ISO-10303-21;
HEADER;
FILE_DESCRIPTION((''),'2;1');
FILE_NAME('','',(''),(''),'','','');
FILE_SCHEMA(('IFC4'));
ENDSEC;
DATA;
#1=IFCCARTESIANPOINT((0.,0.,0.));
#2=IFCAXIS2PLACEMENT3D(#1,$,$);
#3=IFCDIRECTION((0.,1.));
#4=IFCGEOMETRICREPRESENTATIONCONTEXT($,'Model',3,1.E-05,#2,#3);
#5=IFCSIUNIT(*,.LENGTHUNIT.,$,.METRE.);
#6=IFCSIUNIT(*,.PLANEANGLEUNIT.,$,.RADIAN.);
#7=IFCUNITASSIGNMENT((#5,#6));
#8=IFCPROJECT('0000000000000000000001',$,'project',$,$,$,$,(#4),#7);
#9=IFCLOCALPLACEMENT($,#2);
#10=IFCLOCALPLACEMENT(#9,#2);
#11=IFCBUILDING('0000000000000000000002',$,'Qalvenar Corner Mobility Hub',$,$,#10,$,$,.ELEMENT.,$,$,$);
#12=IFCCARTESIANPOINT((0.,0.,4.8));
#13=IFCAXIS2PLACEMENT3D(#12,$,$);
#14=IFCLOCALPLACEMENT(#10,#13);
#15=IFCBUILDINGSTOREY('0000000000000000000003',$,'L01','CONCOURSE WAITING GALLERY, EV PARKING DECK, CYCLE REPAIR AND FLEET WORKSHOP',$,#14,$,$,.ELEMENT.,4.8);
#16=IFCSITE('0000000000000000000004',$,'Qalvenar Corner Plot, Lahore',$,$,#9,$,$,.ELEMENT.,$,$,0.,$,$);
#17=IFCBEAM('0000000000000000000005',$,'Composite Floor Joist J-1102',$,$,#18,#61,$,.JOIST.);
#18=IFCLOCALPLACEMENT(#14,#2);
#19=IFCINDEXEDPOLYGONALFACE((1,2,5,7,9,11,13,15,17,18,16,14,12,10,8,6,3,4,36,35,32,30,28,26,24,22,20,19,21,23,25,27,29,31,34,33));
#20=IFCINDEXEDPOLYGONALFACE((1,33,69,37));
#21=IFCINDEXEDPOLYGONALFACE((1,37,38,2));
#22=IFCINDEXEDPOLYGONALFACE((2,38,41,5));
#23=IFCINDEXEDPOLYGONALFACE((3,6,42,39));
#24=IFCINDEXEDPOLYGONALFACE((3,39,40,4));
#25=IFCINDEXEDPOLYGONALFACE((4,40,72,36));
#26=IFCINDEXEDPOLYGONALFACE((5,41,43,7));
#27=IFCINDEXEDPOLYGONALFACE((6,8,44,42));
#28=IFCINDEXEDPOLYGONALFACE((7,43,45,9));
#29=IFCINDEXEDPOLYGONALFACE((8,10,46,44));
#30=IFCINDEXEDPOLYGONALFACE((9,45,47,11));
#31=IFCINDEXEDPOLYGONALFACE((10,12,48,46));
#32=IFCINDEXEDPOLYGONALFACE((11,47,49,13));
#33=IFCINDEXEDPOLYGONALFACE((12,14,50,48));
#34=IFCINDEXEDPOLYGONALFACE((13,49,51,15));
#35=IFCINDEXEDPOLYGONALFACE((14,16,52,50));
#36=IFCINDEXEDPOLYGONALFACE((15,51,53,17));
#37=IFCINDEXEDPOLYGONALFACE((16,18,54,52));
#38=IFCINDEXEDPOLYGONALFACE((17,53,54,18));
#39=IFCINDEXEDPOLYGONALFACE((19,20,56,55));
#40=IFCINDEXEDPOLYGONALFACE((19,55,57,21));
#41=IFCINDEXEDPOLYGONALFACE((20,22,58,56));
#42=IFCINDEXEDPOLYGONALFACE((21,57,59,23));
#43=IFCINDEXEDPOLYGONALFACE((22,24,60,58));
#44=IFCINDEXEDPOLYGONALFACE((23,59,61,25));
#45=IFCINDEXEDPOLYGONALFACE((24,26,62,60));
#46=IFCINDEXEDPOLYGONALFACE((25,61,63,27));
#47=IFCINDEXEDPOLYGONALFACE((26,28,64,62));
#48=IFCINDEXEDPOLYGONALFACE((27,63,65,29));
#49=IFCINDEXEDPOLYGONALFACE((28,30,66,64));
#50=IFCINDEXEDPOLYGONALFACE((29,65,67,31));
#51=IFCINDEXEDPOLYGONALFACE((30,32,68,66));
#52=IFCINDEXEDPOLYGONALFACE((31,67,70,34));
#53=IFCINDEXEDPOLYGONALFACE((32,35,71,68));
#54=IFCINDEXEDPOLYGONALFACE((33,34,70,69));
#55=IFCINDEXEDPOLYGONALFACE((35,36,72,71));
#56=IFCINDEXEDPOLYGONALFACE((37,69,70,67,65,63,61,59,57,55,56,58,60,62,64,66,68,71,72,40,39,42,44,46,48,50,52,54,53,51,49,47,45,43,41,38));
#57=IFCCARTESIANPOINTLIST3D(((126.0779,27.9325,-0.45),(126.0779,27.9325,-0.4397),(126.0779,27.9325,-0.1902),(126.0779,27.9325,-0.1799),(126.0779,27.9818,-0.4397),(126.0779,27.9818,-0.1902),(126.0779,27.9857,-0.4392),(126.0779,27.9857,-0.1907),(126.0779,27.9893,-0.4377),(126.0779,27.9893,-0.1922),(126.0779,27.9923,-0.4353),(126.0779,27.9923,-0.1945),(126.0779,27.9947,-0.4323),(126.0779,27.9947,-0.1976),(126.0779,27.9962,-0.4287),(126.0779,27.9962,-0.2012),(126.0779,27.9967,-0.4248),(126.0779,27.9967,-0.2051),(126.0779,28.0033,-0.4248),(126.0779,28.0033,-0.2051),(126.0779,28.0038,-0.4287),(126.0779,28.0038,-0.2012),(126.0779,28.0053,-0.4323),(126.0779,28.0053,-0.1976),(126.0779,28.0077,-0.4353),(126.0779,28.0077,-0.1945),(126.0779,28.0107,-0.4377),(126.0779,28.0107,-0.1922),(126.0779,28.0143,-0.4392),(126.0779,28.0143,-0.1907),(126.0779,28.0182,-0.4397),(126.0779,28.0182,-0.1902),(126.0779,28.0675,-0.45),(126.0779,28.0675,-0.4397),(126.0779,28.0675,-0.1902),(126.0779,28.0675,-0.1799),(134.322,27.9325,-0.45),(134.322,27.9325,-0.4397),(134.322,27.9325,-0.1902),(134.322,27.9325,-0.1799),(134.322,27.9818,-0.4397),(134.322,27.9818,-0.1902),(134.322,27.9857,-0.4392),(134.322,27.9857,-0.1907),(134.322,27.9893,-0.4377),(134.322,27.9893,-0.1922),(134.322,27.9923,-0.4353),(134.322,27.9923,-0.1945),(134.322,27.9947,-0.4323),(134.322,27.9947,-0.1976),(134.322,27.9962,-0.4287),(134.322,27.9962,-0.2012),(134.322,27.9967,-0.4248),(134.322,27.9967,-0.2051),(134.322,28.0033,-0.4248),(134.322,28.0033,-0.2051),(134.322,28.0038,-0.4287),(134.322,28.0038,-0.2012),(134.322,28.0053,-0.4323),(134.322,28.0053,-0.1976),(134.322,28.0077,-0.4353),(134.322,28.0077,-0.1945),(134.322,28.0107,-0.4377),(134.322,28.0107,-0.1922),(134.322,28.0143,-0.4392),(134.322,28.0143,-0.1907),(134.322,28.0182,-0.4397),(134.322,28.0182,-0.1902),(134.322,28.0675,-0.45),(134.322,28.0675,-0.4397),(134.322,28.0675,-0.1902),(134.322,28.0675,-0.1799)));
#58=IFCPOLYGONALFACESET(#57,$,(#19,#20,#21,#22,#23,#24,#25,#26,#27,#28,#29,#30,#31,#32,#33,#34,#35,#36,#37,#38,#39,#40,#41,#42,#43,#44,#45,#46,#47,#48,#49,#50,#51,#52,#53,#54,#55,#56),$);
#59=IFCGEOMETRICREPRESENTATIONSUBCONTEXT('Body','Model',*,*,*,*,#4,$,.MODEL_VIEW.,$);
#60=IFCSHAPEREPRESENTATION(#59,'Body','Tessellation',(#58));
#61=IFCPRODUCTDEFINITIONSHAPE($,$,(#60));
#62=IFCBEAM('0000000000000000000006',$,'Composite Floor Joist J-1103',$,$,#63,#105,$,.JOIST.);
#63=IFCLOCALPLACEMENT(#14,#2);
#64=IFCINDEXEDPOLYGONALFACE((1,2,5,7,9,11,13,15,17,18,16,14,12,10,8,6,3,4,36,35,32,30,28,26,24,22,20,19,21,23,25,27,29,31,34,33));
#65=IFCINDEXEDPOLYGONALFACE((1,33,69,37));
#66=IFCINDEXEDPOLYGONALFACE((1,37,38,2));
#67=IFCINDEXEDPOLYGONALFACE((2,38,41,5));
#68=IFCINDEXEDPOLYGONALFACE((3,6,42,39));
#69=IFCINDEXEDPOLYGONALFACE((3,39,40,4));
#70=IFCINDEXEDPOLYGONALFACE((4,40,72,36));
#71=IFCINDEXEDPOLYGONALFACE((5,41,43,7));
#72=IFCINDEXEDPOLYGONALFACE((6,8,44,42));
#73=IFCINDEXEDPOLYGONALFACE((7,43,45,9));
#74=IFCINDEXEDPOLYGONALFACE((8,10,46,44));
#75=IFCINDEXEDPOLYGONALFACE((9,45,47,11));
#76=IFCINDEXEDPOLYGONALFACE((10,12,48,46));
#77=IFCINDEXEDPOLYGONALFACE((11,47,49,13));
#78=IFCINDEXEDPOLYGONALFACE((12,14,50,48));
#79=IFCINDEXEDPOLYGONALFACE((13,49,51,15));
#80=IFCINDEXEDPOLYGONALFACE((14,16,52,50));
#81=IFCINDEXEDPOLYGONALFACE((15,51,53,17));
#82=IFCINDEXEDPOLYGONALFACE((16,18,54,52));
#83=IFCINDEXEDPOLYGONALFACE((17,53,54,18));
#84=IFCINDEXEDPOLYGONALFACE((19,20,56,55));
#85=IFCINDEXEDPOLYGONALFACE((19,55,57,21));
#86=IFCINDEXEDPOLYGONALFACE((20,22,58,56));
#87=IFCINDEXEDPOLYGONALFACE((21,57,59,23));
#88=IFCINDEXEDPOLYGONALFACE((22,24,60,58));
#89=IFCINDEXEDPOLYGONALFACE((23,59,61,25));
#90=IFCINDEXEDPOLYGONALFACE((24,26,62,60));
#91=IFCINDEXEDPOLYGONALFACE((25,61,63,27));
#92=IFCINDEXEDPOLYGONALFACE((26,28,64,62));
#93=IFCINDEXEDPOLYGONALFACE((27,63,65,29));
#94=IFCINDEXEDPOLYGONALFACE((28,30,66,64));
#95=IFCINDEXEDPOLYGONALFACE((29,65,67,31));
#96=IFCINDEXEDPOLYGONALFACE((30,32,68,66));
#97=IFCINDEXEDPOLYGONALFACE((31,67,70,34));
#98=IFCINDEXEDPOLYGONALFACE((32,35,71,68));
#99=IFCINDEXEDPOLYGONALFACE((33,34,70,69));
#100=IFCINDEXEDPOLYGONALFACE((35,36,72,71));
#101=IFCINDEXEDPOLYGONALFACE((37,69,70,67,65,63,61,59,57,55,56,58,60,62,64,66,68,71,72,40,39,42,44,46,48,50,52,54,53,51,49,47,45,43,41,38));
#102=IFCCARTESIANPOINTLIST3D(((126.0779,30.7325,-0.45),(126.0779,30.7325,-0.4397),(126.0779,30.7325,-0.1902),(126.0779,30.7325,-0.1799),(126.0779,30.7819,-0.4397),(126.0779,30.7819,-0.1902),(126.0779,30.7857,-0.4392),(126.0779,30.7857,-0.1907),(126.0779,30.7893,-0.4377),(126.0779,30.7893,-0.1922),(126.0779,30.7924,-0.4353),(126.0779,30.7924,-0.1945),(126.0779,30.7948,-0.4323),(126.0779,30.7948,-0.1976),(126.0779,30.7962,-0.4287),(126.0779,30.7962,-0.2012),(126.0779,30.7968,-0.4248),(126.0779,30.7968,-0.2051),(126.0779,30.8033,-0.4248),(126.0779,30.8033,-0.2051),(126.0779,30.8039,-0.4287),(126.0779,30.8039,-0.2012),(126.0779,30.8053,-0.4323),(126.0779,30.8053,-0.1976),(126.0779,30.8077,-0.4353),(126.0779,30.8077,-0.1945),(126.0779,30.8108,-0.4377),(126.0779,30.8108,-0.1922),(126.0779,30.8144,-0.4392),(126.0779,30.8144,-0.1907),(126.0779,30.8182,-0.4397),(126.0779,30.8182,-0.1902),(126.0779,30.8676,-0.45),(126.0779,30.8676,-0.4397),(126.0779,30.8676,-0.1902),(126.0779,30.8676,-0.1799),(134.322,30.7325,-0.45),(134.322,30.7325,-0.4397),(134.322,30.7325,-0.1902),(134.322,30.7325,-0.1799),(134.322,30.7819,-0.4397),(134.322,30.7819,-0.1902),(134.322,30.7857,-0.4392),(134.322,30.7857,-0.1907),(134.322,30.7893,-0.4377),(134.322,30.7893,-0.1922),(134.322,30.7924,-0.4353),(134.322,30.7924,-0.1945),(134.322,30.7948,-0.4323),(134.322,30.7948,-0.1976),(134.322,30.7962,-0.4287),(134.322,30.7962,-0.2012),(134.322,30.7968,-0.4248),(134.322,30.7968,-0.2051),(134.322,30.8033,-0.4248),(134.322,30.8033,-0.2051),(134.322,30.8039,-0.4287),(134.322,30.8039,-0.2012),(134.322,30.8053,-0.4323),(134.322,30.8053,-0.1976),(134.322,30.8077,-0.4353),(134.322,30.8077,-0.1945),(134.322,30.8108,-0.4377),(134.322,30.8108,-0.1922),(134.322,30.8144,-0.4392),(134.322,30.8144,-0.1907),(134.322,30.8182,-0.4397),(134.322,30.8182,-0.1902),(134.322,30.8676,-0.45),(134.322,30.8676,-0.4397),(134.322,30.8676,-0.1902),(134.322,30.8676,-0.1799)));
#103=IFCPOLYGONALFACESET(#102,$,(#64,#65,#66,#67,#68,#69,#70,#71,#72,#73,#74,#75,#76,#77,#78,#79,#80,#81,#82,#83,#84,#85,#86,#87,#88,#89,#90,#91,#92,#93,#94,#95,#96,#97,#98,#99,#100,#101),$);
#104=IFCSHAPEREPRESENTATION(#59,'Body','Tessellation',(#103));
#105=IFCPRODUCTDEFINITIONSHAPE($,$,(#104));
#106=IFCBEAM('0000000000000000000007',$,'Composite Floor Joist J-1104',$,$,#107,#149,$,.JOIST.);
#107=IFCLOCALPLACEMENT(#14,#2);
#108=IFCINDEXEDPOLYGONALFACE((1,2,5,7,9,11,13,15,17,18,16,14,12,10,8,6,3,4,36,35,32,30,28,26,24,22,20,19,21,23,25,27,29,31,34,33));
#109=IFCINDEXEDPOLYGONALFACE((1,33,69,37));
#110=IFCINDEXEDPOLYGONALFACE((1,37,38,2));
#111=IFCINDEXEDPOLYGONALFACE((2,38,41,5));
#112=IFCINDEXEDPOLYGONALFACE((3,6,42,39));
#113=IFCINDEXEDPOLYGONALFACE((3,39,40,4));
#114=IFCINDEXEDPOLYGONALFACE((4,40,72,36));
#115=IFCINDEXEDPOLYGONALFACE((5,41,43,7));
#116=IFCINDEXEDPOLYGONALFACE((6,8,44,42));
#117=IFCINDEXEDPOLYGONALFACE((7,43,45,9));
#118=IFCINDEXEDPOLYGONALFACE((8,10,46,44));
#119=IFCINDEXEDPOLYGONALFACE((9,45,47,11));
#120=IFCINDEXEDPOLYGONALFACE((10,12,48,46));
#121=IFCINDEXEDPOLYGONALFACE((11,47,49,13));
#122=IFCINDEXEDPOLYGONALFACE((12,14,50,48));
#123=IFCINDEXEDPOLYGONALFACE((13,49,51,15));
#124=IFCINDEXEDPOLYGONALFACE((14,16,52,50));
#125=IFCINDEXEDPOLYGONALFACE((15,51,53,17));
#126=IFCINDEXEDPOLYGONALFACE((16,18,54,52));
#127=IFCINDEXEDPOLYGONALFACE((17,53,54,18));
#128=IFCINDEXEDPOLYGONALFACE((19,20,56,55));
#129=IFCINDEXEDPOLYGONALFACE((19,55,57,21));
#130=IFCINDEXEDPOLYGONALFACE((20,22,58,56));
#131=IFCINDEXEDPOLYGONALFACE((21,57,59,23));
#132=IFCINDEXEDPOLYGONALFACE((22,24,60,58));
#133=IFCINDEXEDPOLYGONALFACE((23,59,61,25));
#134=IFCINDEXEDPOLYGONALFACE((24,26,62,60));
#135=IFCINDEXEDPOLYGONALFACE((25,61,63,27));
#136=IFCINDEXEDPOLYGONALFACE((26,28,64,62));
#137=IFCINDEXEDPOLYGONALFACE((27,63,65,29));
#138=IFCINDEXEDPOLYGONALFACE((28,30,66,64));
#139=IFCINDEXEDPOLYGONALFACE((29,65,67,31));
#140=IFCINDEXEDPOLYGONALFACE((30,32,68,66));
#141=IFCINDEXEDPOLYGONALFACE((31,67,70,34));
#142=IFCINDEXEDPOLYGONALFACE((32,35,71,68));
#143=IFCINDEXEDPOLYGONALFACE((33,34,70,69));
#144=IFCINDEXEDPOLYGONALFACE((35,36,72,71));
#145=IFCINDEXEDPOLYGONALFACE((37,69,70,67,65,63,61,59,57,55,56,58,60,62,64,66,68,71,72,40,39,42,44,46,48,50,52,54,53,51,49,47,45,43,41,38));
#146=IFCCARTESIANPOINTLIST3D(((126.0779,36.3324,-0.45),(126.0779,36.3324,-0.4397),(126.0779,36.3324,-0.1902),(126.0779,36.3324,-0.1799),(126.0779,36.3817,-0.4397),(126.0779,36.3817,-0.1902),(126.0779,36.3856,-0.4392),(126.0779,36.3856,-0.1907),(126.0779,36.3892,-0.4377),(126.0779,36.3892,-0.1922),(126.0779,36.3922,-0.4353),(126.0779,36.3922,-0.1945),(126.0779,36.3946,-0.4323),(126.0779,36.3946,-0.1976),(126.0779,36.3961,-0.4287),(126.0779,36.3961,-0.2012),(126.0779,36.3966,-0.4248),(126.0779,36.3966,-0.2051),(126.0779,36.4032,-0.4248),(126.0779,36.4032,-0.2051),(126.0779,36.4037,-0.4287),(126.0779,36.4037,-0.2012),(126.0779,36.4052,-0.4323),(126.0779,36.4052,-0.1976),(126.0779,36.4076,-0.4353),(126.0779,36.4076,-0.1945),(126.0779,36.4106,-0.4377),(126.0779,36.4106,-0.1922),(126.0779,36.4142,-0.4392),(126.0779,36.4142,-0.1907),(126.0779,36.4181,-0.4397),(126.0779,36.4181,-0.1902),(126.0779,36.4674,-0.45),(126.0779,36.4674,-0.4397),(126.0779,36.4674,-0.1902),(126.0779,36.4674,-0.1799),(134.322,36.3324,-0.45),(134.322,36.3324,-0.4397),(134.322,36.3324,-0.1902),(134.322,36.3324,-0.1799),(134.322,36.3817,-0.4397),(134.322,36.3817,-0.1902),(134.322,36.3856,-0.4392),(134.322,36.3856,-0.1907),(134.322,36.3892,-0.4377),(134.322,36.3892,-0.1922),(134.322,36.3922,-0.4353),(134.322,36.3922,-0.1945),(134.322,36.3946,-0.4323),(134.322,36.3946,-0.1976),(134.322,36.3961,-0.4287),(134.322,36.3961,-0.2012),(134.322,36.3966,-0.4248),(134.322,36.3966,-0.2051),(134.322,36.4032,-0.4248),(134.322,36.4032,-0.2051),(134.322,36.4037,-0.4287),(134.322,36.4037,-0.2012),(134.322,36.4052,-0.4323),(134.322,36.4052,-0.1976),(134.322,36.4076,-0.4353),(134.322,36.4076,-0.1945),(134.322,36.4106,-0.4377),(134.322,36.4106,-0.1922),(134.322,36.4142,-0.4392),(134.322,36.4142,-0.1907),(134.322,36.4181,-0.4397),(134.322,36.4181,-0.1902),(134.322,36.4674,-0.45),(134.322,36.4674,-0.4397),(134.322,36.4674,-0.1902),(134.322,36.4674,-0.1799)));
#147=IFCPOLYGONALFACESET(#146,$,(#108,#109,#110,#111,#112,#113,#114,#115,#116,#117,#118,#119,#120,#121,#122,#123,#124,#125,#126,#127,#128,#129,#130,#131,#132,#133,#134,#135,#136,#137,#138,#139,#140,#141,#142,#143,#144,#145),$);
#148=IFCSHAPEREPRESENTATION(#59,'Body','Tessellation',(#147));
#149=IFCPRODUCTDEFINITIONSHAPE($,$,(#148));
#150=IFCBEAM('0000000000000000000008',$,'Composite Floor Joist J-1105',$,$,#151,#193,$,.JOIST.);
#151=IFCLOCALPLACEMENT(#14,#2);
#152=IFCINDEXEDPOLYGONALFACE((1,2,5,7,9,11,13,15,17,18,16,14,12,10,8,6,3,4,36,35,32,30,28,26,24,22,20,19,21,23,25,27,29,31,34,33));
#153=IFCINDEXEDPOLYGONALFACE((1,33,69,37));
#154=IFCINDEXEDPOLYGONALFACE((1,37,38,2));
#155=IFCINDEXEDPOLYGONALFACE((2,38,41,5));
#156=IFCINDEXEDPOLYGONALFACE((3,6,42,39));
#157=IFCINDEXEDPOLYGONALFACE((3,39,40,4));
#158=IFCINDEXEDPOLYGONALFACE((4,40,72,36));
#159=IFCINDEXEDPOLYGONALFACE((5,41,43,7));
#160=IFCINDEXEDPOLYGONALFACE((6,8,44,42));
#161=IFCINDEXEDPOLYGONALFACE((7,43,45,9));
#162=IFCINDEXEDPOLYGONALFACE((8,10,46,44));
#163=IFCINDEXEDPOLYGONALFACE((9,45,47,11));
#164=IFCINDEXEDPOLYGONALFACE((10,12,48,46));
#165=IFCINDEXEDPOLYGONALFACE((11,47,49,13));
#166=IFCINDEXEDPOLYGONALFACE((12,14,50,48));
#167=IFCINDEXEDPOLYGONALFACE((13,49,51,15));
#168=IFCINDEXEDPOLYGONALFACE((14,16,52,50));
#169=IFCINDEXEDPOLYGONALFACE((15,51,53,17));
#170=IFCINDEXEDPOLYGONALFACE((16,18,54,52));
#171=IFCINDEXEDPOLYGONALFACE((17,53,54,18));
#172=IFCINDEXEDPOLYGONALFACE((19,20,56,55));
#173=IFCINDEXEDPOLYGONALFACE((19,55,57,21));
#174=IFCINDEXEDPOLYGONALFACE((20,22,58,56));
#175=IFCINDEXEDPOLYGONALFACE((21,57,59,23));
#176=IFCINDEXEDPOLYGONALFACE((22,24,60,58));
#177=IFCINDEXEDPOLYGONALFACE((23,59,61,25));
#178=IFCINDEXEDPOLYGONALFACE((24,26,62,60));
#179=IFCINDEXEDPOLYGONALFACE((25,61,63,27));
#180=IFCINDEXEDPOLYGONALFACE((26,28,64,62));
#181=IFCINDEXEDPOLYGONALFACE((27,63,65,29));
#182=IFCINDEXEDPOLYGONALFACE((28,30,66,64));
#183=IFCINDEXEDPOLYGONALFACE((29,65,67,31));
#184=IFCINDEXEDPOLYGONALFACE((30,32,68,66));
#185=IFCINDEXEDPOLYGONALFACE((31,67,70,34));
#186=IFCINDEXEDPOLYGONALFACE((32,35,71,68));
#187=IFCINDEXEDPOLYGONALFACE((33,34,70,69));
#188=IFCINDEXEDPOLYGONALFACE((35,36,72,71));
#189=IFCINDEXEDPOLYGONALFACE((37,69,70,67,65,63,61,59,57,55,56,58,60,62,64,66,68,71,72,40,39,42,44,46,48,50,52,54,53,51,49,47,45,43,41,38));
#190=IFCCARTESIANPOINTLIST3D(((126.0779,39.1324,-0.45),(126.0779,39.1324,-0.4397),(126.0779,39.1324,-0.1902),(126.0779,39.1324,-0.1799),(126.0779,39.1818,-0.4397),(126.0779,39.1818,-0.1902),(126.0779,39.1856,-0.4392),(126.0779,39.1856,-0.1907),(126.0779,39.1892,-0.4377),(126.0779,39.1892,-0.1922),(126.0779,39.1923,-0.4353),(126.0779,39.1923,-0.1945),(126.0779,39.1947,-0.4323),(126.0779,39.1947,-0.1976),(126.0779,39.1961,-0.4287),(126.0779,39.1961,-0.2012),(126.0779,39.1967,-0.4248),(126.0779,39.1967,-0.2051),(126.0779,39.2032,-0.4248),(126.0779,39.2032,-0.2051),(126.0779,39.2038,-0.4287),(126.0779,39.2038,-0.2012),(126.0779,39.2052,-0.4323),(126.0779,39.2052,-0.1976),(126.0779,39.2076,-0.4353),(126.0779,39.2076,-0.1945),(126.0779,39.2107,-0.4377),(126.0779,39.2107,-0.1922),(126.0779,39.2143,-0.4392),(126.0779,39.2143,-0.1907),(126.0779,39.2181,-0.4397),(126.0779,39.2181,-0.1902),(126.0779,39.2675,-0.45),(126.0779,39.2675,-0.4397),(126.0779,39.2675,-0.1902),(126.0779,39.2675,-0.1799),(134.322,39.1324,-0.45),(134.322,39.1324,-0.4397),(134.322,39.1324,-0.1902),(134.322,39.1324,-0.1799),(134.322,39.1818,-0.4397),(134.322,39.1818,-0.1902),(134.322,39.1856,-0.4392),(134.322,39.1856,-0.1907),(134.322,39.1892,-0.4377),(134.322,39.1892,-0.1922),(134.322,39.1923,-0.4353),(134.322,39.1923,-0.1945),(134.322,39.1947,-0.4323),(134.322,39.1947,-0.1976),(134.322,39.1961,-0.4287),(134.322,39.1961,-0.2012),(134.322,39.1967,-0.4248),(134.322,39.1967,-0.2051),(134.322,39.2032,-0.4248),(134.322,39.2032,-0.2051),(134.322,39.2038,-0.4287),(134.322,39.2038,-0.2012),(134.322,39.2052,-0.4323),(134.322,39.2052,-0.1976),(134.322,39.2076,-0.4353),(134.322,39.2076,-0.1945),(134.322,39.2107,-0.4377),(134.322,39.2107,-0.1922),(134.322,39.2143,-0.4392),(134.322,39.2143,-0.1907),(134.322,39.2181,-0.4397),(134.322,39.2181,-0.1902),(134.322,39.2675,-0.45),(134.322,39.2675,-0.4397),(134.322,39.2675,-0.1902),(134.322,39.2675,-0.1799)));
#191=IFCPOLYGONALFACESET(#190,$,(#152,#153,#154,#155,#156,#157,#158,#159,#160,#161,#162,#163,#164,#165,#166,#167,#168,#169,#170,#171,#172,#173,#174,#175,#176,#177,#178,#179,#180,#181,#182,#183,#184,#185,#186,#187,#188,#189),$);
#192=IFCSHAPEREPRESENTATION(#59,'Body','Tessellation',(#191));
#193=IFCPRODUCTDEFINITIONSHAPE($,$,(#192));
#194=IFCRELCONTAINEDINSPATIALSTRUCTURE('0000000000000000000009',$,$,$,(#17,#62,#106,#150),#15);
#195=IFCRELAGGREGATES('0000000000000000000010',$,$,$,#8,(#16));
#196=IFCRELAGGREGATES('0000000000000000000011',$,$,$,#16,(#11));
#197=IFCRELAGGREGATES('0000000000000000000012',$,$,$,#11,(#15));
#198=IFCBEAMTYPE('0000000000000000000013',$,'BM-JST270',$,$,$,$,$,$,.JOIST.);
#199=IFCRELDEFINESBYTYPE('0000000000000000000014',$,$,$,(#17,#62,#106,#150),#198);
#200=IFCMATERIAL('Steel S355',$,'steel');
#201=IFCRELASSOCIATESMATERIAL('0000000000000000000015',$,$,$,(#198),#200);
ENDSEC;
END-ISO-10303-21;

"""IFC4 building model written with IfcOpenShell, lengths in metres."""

from ifc_helpers import new_model, si_unit, direction, frame, origin, origin_2d, place, context, subcontext, project, spatial, i_section, extrude, material, material_profile, profile_set, type_object, element, save


model = new_model("IFC4")

# Units and contexts
model_context = context("Model", 3, precision=1e-05, world=origin(), true_north=direction((0.0, 1.0)))
body_context = subcontext(model_context, "Body", "Model", "MODEL_VIEW")
ifc_project = project(units=[si_unit("LENGTHUNIT", "METRE"), si_unit("PLANEANGLEUNIT", "RADIAN")], contexts=[model_context])

# Site, building, storey
site_placement = place(None, origin())
site = spatial("IfcSite", under=ifc_project, at=site_placement, Name="Qalvenar Corner Plot, Lahore", CompositionType="ELEMENT", RefElevation=0.0)
building_placement = place(site_placement, origin())
building = spatial("IfcBuilding", under=site, at=building_placement, Name="Qalvenar Corner Mobility Hub", CompositionType="ELEMENT")
storey_placement = place(building_placement, frame((0.0, 0.0, 4.8)))
storey = spatial("IfcBuildingStorey", under=building, at=storey_placement, Name="L01", Description="CONCOURSE WAITING GALLERY, EV PARKING DECK, CYCLE REPAIR AND FLEET WORKSHOP", CompositionType="ELEMENT", Elevation=4.8)

# Shared definitions
ifc_material_1 = material(Name="Steel S355", Category="steel")

# Beams
ifc_material_profile_1 = material_profile(ifc_material_1, i_section(OverallWidth=0.135, OverallDepth=0.27, WebThickness=0.0066, FlangeThickness=0.0103, FilletRadius=0.0149, at=origin_2d()), Name="IPE270")
ifc_profile_set_1 = profile_set([ifc_material_profile_1], Name="Steel S355")
beam_type_1 = type_object("IfcBeamType", Name="BM-JST270", PredefinedType="JOIST", material=ifc_profile_set_1)
for number, where, z_axis, x_axis, name in (
    (1, (126.0779, 28.0, -0.3149), (1.0, 0.0, 0.0), (0.0, 1.0, 0.0), "Composite Floor Joist J-1102"),
    (2, (126.0779, 30.8, -0.3149), (1.0, 0.0, 0.0), (0.0, 1.0, 0.0), "Composite Floor Joist J-1103"),
    (3, (126.0779, 36.3999, -0.3149), (1.0, 0.0, 0.0), (0.0, 1.0, 0.0), "Composite Floor Joist J-1104"),
    (4, (126.0779, 39.2, -0.3149), (1.0, 0.0, 0.0), (0.0, 1.0, 0.0), "Composite Floor Joist J-1105"),
):
    element("IfcBeam", number, at=place(storey_placement, frame(where, z_axis=z_axis, x_axis=x_axis)), inside=storey, type_object=beam_type_1, Name=name, PredefinedType="JOIST", context=body_context, shape_type="SweptSolid", body=[
        extrude(i_section(OverallWidth=0.135, OverallDepth=0.27, WebThickness=0.0066, FlangeThickness=0.0103, FilletRadius=0.0149, at=origin_2d()), origin(), (0.0, 0.0, 1.0), 8.2441),
    ])

save(model, "model.ifc")
